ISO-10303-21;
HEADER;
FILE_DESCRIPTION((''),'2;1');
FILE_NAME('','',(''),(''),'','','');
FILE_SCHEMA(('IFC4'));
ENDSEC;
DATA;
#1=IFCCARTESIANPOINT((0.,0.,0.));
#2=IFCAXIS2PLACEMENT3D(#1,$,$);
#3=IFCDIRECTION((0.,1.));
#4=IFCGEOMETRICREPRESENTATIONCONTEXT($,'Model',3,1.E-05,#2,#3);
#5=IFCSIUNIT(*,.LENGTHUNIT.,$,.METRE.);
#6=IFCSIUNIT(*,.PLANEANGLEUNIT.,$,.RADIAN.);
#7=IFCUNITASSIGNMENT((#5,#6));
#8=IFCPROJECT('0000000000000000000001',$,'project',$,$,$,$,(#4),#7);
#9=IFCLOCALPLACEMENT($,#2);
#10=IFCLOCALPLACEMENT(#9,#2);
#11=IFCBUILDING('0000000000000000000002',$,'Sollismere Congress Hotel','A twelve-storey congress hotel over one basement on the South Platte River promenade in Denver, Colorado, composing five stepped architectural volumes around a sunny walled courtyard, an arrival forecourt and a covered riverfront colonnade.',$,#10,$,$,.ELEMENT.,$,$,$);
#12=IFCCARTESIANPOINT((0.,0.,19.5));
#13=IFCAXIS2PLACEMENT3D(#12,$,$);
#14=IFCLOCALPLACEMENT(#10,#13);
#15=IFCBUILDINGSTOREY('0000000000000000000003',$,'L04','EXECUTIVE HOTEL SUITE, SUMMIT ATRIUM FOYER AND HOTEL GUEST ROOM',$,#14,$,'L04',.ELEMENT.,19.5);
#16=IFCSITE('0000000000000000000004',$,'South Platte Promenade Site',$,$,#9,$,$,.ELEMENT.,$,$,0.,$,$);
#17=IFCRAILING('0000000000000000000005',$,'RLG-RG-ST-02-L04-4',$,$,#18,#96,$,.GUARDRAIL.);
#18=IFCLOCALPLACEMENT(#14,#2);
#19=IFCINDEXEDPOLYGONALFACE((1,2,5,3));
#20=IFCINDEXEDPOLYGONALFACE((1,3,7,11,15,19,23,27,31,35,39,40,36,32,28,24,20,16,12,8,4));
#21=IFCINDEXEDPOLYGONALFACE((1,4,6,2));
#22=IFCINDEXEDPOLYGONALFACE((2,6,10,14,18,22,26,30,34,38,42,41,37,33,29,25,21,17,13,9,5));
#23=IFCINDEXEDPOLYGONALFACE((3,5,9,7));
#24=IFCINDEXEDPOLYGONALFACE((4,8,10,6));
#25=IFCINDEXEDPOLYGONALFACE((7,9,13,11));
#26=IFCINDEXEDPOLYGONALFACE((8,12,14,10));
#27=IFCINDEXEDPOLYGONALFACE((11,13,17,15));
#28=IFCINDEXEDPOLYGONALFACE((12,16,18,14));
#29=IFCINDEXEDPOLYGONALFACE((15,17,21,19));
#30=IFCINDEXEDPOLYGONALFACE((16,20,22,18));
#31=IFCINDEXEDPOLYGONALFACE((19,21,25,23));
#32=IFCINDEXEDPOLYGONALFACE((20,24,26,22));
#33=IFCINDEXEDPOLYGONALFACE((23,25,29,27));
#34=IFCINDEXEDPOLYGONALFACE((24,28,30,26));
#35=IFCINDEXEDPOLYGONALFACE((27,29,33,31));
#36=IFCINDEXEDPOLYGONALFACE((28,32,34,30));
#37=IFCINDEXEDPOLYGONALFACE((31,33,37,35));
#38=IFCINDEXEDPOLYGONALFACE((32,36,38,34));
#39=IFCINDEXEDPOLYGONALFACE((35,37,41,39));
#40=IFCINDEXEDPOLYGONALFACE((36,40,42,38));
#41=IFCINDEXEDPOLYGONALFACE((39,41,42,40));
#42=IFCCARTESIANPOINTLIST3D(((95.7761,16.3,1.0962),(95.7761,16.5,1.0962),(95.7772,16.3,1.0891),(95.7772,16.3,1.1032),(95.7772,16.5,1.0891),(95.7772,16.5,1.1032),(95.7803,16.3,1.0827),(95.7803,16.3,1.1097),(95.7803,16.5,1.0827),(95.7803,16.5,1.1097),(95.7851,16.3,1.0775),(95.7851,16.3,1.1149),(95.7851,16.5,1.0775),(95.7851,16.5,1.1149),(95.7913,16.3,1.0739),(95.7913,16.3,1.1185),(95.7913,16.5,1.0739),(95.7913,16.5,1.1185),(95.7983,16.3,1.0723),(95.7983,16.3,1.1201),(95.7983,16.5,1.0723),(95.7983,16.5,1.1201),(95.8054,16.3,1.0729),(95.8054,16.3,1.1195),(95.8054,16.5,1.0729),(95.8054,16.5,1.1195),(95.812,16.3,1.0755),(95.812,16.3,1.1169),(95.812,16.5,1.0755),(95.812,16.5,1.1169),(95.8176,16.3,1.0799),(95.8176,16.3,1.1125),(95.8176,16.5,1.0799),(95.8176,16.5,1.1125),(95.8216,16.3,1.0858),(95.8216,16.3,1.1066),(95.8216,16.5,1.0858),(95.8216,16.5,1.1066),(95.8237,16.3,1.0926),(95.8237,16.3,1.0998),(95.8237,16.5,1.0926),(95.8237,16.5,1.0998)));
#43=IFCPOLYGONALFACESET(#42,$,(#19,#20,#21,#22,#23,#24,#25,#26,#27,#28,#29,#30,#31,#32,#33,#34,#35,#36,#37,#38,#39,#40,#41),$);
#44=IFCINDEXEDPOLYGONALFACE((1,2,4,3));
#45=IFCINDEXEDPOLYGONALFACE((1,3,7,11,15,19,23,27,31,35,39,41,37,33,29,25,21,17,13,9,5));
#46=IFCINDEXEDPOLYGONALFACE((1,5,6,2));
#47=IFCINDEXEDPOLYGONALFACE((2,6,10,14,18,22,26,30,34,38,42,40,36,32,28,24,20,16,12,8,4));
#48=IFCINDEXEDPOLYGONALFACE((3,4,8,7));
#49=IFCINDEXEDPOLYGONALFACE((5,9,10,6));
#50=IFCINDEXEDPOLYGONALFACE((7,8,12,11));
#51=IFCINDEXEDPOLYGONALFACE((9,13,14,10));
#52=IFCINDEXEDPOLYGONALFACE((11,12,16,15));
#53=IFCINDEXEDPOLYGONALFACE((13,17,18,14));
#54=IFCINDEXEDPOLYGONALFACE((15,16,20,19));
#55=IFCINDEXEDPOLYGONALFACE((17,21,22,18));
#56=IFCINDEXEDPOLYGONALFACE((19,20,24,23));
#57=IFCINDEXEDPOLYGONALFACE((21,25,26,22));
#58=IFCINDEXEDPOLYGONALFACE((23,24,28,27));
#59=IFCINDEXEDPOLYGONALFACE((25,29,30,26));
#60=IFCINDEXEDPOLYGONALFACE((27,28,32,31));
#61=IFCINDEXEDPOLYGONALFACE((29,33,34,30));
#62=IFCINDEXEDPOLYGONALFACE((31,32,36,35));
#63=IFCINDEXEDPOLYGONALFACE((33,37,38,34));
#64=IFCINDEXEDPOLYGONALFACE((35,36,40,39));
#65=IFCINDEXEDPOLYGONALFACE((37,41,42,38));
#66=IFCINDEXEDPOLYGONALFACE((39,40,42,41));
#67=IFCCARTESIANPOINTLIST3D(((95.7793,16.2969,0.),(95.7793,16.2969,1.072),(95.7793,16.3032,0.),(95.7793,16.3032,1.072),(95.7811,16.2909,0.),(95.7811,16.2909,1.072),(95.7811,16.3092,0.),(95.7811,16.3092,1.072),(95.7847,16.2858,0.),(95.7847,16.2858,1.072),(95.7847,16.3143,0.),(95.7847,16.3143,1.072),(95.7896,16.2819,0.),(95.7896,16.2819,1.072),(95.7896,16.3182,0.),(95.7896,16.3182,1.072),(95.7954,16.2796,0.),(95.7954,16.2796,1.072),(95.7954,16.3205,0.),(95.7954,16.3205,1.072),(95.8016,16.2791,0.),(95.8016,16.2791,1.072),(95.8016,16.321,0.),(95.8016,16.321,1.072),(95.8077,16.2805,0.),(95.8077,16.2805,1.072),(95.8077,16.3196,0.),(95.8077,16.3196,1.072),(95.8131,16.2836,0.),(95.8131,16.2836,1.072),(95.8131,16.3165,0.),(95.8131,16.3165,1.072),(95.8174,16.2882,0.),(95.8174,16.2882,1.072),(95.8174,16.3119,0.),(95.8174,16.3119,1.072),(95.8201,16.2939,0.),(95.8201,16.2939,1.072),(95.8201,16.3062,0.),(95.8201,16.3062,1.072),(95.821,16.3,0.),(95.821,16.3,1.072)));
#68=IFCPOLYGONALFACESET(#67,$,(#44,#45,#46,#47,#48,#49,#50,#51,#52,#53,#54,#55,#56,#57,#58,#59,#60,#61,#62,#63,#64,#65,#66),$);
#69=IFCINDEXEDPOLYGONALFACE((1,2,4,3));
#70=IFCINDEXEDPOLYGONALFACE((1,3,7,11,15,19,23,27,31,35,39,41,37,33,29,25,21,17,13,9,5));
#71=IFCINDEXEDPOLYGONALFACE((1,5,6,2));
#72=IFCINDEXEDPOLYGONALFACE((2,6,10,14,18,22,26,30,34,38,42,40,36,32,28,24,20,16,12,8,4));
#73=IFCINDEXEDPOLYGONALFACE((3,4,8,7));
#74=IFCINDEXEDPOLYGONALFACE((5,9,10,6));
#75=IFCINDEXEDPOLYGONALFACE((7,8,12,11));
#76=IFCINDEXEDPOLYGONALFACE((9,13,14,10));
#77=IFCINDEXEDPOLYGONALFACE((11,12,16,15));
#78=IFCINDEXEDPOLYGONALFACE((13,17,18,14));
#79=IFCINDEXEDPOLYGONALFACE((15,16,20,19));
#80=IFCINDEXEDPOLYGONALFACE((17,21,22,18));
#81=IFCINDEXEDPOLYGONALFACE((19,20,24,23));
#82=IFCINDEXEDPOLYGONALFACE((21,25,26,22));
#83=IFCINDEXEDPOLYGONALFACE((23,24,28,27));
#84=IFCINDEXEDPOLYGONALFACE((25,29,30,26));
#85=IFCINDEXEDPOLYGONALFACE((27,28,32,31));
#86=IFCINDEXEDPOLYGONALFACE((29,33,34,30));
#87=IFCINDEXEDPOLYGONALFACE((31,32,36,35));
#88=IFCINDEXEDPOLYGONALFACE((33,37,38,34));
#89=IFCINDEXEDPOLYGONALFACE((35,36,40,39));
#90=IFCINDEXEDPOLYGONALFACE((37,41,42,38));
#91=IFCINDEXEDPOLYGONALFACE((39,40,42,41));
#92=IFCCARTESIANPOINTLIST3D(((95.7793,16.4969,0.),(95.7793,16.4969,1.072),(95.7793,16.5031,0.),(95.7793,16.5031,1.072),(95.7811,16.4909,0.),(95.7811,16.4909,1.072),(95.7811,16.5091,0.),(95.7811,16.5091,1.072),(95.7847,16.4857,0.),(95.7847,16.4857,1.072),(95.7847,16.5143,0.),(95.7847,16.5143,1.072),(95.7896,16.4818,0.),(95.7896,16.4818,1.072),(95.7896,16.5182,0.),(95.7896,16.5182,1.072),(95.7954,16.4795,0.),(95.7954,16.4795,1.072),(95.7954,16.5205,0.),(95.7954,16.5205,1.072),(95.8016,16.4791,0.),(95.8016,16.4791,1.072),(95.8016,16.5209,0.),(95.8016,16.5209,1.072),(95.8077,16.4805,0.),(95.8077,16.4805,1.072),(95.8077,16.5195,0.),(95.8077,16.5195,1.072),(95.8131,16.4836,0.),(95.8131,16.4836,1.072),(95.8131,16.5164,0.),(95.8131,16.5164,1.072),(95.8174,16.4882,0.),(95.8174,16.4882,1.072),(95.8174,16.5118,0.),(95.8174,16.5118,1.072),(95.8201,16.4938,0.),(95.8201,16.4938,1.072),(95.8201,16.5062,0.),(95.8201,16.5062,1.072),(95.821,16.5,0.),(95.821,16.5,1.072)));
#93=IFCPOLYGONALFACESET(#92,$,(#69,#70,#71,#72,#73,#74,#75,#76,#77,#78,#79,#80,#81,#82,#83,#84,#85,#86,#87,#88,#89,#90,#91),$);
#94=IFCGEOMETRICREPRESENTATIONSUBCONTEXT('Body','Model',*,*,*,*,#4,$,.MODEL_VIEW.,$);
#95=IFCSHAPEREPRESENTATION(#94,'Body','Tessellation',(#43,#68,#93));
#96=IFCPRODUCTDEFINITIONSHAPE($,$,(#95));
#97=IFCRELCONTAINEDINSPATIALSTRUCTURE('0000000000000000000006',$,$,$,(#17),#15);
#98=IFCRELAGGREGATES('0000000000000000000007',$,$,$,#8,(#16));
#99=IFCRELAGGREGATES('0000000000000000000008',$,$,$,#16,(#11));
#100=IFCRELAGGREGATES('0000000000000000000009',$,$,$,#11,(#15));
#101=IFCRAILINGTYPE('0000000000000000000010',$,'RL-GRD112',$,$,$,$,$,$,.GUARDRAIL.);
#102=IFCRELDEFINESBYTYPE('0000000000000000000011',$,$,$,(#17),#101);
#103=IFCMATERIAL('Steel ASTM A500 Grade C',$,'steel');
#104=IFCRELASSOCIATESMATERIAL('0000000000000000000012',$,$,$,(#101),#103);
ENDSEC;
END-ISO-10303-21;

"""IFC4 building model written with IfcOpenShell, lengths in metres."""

from ifc_helpers import new_model, si_unit, direction, frame, origin, origin_2d, place, context, subcontext, project, spatial, circle, extrude, material, type_object, element, save


model = new_model("IFC4")

# Units and contexts
model_context = context("Model", 3, precision=1e-05, world=origin(), true_north=direction((0.0, 1.0)))
body_context = subcontext(model_context, "Body", "Model", "MODEL_VIEW")
ifc_project = project(units=[si_unit("LENGTHUNIT", "METRE"), si_unit("PLANEANGLEUNIT", "RADIAN")], contexts=[model_context])

# Site, building, storey
site_placement = place(None, origin())
site = spatial("IfcSite", under=ifc_project, at=site_placement, Name="South Platte Promenade Site", CompositionType="ELEMENT", RefElevation=0.0)
building_placement = place(site_placement, origin())
building = spatial("IfcBuilding", under=site, at=building_placement, Name="Sollismere Congress Hotel", Description="A twelve-storey congress hotel over one basement on the South Platte River promenade in Denver, Colorado, composing five stepped architectural volumes around a sunny walled courtyard, an arrival forecourt and a covered riverfront colonnade.", CompositionType="ELEMENT")
storey_placement = place(building_placement, frame((0.0, 0.0, 19.5)))
storey = spatial("IfcBuildingStorey", under=building, at=storey_placement, Name="L04", Description="EXECUTIVE HOTEL SUITE, SUMMIT ATRIUM FOYER AND HOTEL GUEST ROOM", LongName="L04", CompositionType="ELEMENT", Elevation=19.5)

# Railing
ifc_material_1 = material(Name="Steel ASTM A500 Grade C", Category="steel")
railing_type_1 = type_object("IfcRailingType", Name="RL-GRD112", PredefinedType="GUARDRAIL", material=ifc_material_1)
railing_1_placement = place(storey_placement, frame((95.8, 16.3, 0.0)))
element("IfcRailing", 1, at=railing_1_placement, inside=storey, type_object=railing_type_1, Name="RLG-RG-ST-02-L04-4", PredefinedType="GUARDRAIL", context=body_context, shape_type="SweptSolid", body=[
    extrude(circle(Radius=0.0239, at=origin_2d()), frame((0.0, 0.0, 1.0962), z_axis=(0.0, 1.0, 0.0), x_axis=(-1.0, 0.0, 0.0)), (0.0, 0.0, 1.0), 0.2),
    extrude(circle(Radius=0.021, at=origin_2d()), origin(), (0.0, 0.0, 1.0), 1.072),
    extrude(circle(Radius=0.021, at=origin_2d()), frame((0.0, 0.2, 0.0)), (0.0, 0.0, 1.0), 1.072),
])

save(model, "model.ifc")
